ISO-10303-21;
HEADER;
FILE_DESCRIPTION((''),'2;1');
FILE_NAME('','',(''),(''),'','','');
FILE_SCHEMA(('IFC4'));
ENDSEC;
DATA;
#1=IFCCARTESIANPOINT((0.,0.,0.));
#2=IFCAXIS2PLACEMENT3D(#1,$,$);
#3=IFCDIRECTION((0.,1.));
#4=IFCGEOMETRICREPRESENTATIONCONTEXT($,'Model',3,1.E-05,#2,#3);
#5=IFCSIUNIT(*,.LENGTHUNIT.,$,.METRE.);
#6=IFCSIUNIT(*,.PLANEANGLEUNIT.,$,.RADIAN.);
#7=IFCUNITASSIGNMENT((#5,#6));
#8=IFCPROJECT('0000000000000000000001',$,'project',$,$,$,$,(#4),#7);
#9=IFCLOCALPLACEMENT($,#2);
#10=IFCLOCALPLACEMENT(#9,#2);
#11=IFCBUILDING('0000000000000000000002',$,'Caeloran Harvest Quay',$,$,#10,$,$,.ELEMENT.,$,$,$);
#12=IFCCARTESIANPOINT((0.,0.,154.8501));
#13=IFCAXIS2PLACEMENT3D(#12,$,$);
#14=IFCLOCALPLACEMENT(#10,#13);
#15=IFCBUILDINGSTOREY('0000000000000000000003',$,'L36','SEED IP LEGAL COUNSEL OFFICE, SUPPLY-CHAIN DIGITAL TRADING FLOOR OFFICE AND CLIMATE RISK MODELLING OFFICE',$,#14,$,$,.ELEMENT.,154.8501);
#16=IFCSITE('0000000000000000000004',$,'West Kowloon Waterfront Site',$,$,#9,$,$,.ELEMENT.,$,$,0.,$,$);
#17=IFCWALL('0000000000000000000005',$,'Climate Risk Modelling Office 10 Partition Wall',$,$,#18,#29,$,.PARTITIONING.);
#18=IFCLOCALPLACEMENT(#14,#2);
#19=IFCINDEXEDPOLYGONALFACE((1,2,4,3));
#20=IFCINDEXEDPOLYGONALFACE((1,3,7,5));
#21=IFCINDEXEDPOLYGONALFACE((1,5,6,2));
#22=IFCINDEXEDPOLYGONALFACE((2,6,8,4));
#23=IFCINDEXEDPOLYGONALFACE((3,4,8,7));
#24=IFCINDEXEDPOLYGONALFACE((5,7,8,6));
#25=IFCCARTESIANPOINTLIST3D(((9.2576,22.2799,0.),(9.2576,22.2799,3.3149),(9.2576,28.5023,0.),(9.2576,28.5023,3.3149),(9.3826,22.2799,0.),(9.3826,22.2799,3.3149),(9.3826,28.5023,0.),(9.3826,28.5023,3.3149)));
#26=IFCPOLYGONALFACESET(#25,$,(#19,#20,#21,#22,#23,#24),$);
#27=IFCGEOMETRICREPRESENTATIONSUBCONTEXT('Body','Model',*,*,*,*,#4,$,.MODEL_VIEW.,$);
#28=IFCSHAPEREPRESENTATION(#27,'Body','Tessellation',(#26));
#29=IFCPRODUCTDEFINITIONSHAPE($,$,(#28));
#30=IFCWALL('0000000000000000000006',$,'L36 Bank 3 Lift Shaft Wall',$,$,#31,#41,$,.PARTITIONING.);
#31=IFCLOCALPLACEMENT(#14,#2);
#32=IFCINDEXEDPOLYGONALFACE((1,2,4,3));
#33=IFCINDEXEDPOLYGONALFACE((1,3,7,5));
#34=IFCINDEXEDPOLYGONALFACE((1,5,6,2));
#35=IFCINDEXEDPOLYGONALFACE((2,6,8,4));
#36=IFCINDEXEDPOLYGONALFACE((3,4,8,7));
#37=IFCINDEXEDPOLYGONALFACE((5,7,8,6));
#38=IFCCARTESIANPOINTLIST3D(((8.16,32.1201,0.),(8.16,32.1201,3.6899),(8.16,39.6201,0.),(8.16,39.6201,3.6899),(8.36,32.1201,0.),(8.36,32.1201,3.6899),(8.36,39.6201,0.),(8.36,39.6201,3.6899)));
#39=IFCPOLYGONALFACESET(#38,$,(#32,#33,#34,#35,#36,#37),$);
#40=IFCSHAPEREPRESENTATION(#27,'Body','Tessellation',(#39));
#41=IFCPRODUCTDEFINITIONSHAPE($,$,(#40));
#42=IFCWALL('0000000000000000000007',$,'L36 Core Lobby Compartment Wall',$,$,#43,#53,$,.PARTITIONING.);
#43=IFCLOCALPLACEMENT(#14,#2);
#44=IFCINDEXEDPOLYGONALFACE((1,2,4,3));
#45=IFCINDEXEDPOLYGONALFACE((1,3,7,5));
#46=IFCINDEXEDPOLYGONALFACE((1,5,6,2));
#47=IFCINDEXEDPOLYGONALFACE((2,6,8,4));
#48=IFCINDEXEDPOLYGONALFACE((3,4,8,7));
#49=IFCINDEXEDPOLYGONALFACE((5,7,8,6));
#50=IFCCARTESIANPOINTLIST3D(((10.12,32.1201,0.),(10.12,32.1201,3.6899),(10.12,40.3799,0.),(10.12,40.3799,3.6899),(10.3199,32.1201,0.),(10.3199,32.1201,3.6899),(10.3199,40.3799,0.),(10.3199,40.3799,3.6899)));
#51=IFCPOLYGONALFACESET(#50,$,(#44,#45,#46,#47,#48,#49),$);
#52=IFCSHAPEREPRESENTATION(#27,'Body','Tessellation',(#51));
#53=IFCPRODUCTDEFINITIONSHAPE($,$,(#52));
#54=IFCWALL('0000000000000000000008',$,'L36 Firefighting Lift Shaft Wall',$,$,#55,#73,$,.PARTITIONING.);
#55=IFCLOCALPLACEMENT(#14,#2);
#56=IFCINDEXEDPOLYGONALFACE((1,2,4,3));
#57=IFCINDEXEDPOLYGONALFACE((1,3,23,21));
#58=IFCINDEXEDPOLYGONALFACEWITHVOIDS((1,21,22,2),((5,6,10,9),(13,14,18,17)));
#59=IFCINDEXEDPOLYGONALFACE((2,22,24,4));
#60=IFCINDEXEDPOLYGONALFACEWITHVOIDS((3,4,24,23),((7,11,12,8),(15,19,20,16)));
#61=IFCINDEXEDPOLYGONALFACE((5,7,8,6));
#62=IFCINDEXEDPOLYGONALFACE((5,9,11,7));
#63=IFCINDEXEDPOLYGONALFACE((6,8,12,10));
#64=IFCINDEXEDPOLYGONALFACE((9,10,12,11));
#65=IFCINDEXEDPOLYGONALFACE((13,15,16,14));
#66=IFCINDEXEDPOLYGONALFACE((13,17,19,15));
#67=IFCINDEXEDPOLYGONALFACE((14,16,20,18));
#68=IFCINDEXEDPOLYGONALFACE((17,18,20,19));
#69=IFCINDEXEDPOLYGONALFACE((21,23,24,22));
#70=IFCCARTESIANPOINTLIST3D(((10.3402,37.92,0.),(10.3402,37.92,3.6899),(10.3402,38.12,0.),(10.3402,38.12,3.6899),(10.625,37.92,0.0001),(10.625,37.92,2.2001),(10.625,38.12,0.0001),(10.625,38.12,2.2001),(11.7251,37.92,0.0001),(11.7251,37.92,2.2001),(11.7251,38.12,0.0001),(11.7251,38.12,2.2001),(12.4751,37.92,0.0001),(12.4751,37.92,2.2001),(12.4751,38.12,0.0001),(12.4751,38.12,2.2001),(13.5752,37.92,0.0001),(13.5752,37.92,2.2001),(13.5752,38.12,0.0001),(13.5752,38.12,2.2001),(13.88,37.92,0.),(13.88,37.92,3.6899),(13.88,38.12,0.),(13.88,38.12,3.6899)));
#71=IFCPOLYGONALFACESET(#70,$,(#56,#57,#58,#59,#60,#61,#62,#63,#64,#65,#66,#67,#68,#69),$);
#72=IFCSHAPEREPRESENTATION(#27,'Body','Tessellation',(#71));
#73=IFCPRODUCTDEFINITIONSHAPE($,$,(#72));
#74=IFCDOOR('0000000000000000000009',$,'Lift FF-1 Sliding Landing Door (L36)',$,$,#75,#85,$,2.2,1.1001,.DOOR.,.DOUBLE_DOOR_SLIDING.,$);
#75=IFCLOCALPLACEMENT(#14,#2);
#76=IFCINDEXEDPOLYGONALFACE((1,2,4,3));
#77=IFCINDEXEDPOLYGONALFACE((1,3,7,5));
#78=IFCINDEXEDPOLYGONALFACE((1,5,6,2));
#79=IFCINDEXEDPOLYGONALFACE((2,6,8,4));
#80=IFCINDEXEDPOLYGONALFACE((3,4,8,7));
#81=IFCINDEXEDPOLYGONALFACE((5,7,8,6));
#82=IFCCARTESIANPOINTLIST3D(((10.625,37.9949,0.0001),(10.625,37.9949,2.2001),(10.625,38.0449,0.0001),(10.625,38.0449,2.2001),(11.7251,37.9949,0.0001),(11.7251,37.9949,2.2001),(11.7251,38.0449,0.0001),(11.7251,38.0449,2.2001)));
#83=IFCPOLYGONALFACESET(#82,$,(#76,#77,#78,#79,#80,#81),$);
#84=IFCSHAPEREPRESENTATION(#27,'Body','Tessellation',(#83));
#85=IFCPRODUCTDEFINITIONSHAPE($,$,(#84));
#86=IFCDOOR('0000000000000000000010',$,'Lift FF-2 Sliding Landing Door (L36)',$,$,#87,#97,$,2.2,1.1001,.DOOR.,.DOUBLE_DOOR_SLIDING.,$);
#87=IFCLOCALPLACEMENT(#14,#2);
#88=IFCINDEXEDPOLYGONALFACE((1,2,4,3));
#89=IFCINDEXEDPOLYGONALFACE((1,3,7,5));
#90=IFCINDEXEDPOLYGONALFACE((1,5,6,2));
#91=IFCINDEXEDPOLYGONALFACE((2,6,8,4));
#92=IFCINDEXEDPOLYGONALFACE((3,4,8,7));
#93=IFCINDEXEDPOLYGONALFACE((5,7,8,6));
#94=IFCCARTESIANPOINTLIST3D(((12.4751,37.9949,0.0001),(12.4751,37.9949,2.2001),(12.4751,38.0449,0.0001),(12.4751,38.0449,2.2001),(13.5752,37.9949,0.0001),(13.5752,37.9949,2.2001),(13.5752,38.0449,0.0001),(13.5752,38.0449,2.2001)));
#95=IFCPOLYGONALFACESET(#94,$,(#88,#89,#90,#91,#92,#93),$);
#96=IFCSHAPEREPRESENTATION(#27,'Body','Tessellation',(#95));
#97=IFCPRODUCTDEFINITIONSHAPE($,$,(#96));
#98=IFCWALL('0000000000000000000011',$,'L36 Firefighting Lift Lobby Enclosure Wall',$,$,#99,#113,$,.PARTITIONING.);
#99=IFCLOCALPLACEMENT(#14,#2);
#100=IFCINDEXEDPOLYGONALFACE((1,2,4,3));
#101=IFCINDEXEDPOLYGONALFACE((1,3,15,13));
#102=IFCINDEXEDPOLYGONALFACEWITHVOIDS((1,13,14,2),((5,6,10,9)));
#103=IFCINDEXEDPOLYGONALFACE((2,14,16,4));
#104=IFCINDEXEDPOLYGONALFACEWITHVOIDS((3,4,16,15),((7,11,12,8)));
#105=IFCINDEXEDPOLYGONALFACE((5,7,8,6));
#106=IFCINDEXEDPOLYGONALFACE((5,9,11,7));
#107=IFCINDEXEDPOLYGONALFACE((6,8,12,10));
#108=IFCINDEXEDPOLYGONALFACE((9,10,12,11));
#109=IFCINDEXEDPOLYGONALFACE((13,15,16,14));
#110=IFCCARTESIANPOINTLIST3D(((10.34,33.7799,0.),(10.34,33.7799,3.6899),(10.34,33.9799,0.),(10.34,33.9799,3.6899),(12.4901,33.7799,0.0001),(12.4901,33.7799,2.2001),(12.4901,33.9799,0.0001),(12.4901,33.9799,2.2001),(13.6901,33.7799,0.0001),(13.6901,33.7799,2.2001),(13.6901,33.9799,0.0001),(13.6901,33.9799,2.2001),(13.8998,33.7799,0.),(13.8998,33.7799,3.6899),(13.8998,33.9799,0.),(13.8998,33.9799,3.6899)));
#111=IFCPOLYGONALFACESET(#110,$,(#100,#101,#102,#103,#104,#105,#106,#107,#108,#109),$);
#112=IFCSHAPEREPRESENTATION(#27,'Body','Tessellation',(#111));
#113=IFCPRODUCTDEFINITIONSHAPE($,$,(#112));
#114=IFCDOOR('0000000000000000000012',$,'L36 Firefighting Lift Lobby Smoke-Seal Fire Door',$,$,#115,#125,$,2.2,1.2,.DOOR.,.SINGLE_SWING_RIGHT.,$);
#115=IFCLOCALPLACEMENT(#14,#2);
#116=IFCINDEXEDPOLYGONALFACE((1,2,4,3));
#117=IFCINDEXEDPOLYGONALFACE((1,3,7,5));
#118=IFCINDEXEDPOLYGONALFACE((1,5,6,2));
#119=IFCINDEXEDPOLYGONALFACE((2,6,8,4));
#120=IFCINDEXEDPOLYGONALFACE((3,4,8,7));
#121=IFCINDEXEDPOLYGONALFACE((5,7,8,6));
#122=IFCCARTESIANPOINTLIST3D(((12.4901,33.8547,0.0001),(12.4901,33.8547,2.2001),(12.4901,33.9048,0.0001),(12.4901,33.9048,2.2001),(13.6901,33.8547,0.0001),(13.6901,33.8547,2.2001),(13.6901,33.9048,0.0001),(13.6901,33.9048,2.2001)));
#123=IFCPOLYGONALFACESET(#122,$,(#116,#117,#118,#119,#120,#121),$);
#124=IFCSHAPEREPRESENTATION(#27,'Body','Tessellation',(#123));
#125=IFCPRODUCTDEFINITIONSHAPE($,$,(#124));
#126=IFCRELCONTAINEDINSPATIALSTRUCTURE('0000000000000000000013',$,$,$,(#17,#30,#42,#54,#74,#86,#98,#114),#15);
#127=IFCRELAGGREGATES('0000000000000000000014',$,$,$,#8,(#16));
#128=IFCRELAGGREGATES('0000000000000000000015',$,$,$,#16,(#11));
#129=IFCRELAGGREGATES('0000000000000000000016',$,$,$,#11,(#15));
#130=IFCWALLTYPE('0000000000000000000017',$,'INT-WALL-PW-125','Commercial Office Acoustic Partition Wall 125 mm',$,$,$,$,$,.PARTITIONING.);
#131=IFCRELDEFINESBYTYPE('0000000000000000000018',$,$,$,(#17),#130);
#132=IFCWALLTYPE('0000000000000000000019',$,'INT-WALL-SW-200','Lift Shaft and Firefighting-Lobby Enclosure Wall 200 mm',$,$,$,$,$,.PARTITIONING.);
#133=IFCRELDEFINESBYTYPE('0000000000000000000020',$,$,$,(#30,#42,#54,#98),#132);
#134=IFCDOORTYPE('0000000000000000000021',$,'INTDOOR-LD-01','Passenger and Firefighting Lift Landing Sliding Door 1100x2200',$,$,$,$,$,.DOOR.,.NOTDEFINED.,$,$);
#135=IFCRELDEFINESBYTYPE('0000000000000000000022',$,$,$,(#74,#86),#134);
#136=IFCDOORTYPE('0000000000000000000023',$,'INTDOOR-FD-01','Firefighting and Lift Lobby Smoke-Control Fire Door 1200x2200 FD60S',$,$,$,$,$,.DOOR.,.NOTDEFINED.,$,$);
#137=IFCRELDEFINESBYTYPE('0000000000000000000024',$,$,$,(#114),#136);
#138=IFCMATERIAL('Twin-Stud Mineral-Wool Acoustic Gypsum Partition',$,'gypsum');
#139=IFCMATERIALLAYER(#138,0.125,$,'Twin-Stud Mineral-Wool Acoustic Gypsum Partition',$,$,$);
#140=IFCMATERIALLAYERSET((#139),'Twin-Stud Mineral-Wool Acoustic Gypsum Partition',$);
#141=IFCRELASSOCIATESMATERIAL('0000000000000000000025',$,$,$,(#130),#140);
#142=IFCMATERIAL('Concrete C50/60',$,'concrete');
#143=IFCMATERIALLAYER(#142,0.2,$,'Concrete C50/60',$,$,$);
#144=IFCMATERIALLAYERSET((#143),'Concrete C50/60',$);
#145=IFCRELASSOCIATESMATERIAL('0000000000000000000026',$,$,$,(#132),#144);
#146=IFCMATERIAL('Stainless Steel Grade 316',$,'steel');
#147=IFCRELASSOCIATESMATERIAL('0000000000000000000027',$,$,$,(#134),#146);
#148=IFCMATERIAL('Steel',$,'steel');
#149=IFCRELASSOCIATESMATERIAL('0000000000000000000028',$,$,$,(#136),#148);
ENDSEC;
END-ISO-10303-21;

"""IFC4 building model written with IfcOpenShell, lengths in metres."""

from ifc_helpers import new_model, si_unit, direction, frame, frame_2d, origin, place, context, subcontext, project, spatial, rectangle, extrude, material, layer, layer_set, type_object, element, fill, save


model = new_model("IFC4")

# Units and contexts
model_context = context("Model", 3, precision=1e-05, world=origin(), true_north=direction((0.0, 1.0)))
body_context = subcontext(model_context, "Body", "Model", "MODEL_VIEW")
ifc_project = project(units=[si_unit("LENGTHUNIT", "METRE"), si_unit("PLANEANGLEUNIT", "RADIAN")], contexts=[model_context])

# Site, building, storey
site_placement = place(None, origin())
site = spatial("IfcSite", under=ifc_project, at=site_placement, Name="West Kowloon Waterfront Site", CompositionType="ELEMENT", RefElevation=0.0)
building_placement = place(site_placement, origin())
building = spatial("IfcBuilding", under=site, at=building_placement, Name="Caeloran Harvest Quay", CompositionType="ELEMENT")
storey_placement = place(building_placement, frame((0.0, 0.0, 154.8501)))
storey = spatial("IfcBuildingStorey", under=building, at=storey_placement, Name="L36", Description="SEED IP LEGAL COUNSEL OFFICE, SUPPLY-CHAIN DIGITAL TRADING FLOOR OFFICE AND CLIMATE RISK MODELLING OFFICE", CompositionType="ELEMENT", Elevation=154.8501)

# Shared definitions
ifc_material_1 = material(Name="Twin-Stud Mineral-Wool Acoustic Gypsum Partition", Category="gypsum")
ifc_layer_1 = layer(ifc_material_1, 0.125, Name="Twin-Stud Mineral-Wool Acoustic Gypsum Partition")
ifc_layer_set_1 = layer_set([ifc_layer_1], Name="Twin-Stud Mineral-Wool Acoustic Gypsum Partition")
wall_type_1 = type_object("IfcWallType", Name="INT-WALL-PW-125", Description="Commercial Office Acoustic Partition Wall 125 mm", PredefinedType="PARTITIONING", material=ifc_layer_set_1)

# Walls
wall_1_placement = place(storey_placement, frame((9.3201, 28.5024, 0.0), z_axis=(0.0, 0.0, 1.0), x_axis=(0.0, -1.0, 0.0)))
element("IfcWall", 1, at=wall_1_placement, inside=storey, type_object=wall_type_1, Name="Climate Risk Modelling Office 10 Partition Wall", PredefinedType="PARTITIONING", context=body_context, shape_type="SweptSolid", body=[
    extrude(rectangle(XDim=6.2224, YDim=0.125, at=frame_2d((3.1113, 0.0))), origin(), (0.0, 0.0, 1.0), 3.3149),
])
ifc_material_2 = material(Name="Concrete C50/60", Category="concrete")
ifc_layer_2 = layer(ifc_material_2, 0.2, Name="Concrete C50/60")
ifc_layer_set_2 = layer_set([ifc_layer_2], Name="Concrete C50/60")
wall_type_2 = type_object("IfcWallType", Name="INT-WALL-SW-200", Description="Lift Shaft and Firefighting-Lobby Enclosure Wall 200 mm", PredefinedType="PARTITIONING", material=ifc_layer_set_2)
wall_2_placement = place(storey_placement, frame((8.26, 32.1201, 0.0), z_axis=(0.0, 0.0, 1.0), x_axis=(0.0, 1.0, 0.0)))
element("IfcWall", 2, at=wall_2_placement, inside=storey, type_object=wall_type_2, Name="L36 Bank 3 Lift Shaft Wall", PredefinedType="PARTITIONING", context=body_context, shape_type="SweptSolid", body=[
    extrude(rectangle(XDim=7.5, YDim=0.2, at=frame_2d((3.75, 0.0))), origin(), (0.0, 0.0, 1.0), 3.6899),
])
wall_3_placement = place(storey_placement, frame((10.22, 32.1201, 0.0), z_axis=(0.0, 0.0, 1.0), x_axis=(0.0, 1.0, 0.0)))
element("IfcWall", 3, at=wall_3_placement, inside=storey, type_object=wall_type_2, Name="L36 Core Lobby Compartment Wall", PredefinedType="PARTITIONING", context=body_context, shape_type="SweptSolid", body=[
    extrude(rectangle(XDim=8.2598, YDim=0.2, at=frame_2d((4.1299, 0.0))), origin(), (0.0, 0.0, 1.0), 3.6899),
])

# Wall, openings, doors
wall_4_placement = place(storey_placement, frame((10.3401, 38.02, 0.0), z_axis=(0.0, 0.0, 1.0), x_axis=(1.0, 0.0, 0.0)))
wall_4 = element("IfcWall", 4, at=wall_4_placement, inside=storey, type_object=wall_type_2, Name="L36 Firefighting Lift Shaft Wall", PredefinedType="PARTITIONING", context=body_context, shape_type="SweptSolid", body=[
    extrude(rectangle(XDim=3.5398, YDim=0.2, at=frame_2d((1.77, 0.0))), origin(), (0.0, 0.0, 1.0), 3.6899),
])
opening_1_placement = place(wall_4_placement, frame((0.2849, 0.0, 0.0)))
opening_1 = element("IfcOpeningElement", 5, at=opening_1_placement, cuts=wall_4, PredefinedType="OPENING", context=body_context, shape_type="SweptSolid", body=[
    extrude(rectangle(XDim=1.1001, YDim=2.2, at=frame_2d((0.55, 1.1001))), frame((0.0, 0.1099, 0.0), z_axis=(0.0, -1.0, 0.0), x_axis=(1.0, 0.0, 0.0)), (0.0, 0.0, 1.0), 0.22),
])
opening_2_placement = place(wall_4_placement, frame((2.135, 0.0, 0.0)))
opening_2 = element("IfcOpeningElement", 6, at=opening_2_placement, cuts=wall_4, PredefinedType="OPENING", context=body_context, shape_type="SweptSolid", body=[
    extrude(rectangle(XDim=1.1001, YDim=2.2, at=frame_2d((0.55, 1.1001))), frame((0.0, 0.1099, 0.0), z_axis=(0.0, -1.0, 0.0), x_axis=(1.0, 0.0, 0.0)), (0.0, 0.0, 1.0), 0.22),
])
ifc_material_3 = material(Name="Stainless Steel Grade 316", Category="steel")
door_type_1 = type_object("IfcDoorType", Name="INTDOOR-LD-01", Description="Passenger and Firefighting Lift Landing Sliding Door 1100x2200", OperationType="NOTDEFINED", PredefinedType="DOOR", material=ifc_material_3)
door_1_placement = place(opening_1_placement, origin())
door_1 = element("IfcDoor", 7, at=door_1_placement, inside=storey, type_object=door_type_1, Name="Lift FF-1 Sliding Landing Door (L36)", OperationType="DOUBLE_DOOR_SLIDING", OverallHeight=2.2, OverallWidth=1.1001, PredefinedType="DOOR", context=body_context, shape_type="SweptSolid", body=[
    extrude(rectangle(XDim=1.1001, YDim=2.2, at=frame_2d((0.55, 1.1001))), frame((0.0, 0.0249, 0.0), z_axis=(0.0, -1.0, 0.0), x_axis=(1.0, 0.0, 0.0)), (0.0, 0.0, 1.0), 0.05),
])
fill(opening_1, door_1)
door_2_placement = place(opening_2_placement, origin())
door_2 = element("IfcDoor", 8, at=door_2_placement, inside=storey, type_object=door_type_1, Name="Lift FF-2 Sliding Landing Door (L36)", OperationType="DOUBLE_DOOR_SLIDING", OverallHeight=2.2, OverallWidth=1.1001, PredefinedType="DOOR", context=body_context, shape_type="SweptSolid", body=[
    extrude(rectangle(XDim=1.1001, YDim=2.2, at=frame_2d((0.55, 1.1001))), frame((0.0, 0.0249, 0.0), z_axis=(0.0, -1.0, 0.0), x_axis=(1.0, 0.0, 0.0)), (0.0, 0.0, 1.0), 0.05),
])
fill(opening_2, door_2)

# Wall, opening, door
wall_5_placement = place(storey_placement, frame((10.3401, 33.8799, 0.0), z_axis=(0.0, 0.0, 1.0), x_axis=(1.0, 0.0, 0.0)))
wall_5 = element("IfcWall", 9, at=wall_5_placement, inside=storey, type_object=wall_type_2, Name="L36 Firefighting Lift Lobby Enclosure Wall", PredefinedType="PARTITIONING", context=body_context, shape_type="SweptSolid", body=[
    extrude(rectangle(XDim=3.5598, YDim=0.2, at=frame_2d((1.7798, 0.0))), origin(), (0.0, 0.0, 1.0), 3.6899),
])
opening_3_placement = place(wall_5_placement, frame((2.1499, 0.0, 0.0)))
opening_3 = element("IfcOpeningElement", 10, at=opening_3_placement, cuts=wall_5, PredefinedType="OPENING", context=body_context, shape_type="SweptSolid", body=[
    extrude(rectangle(XDim=1.2, YDim=2.2, at=frame_2d((0.6001, 1.1001))), frame((0.0, 0.1099, 0.0), z_axis=(0.0, -1.0, 0.0), x_axis=(1.0, 0.0, 0.0)), (0.0, 0.0, 1.0), 0.22),
])
ifc_material_4 = material(Name="Steel", Category="steel")
door_type_2 = type_object("IfcDoorType", Name="INTDOOR-FD-01", Description="Firefighting and Lift Lobby Smoke-Control Fire Door 1200x2200 FD60S", OperationType="NOTDEFINED", PredefinedType="DOOR", material=ifc_material_4)
door_3_placement = place(opening_3_placement, origin())
door_3 = element("IfcDoor", 11, at=door_3_placement, inside=storey, type_object=door_type_2, Name="L36 Firefighting Lift Lobby Smoke-Seal Fire Door", OperationType="SINGLE_SWING_RIGHT", OverallHeight=2.2, OverallWidth=1.2, PredefinedType="DOOR", context=body_context, shape_type="SweptSolid", body=[
    extrude(rectangle(XDim=1.2, YDim=2.2, at=frame_2d((0.6001, 1.1001))), frame((0.0, 0.0249, 0.0), z_axis=(0.0, -1.0, 0.0), x_axis=(1.0, 0.0, 0.0)), (0.0, 0.0, 1.0), 0.05),
])
fill(opening_3, door_3)

save(model, "model.ifc")
